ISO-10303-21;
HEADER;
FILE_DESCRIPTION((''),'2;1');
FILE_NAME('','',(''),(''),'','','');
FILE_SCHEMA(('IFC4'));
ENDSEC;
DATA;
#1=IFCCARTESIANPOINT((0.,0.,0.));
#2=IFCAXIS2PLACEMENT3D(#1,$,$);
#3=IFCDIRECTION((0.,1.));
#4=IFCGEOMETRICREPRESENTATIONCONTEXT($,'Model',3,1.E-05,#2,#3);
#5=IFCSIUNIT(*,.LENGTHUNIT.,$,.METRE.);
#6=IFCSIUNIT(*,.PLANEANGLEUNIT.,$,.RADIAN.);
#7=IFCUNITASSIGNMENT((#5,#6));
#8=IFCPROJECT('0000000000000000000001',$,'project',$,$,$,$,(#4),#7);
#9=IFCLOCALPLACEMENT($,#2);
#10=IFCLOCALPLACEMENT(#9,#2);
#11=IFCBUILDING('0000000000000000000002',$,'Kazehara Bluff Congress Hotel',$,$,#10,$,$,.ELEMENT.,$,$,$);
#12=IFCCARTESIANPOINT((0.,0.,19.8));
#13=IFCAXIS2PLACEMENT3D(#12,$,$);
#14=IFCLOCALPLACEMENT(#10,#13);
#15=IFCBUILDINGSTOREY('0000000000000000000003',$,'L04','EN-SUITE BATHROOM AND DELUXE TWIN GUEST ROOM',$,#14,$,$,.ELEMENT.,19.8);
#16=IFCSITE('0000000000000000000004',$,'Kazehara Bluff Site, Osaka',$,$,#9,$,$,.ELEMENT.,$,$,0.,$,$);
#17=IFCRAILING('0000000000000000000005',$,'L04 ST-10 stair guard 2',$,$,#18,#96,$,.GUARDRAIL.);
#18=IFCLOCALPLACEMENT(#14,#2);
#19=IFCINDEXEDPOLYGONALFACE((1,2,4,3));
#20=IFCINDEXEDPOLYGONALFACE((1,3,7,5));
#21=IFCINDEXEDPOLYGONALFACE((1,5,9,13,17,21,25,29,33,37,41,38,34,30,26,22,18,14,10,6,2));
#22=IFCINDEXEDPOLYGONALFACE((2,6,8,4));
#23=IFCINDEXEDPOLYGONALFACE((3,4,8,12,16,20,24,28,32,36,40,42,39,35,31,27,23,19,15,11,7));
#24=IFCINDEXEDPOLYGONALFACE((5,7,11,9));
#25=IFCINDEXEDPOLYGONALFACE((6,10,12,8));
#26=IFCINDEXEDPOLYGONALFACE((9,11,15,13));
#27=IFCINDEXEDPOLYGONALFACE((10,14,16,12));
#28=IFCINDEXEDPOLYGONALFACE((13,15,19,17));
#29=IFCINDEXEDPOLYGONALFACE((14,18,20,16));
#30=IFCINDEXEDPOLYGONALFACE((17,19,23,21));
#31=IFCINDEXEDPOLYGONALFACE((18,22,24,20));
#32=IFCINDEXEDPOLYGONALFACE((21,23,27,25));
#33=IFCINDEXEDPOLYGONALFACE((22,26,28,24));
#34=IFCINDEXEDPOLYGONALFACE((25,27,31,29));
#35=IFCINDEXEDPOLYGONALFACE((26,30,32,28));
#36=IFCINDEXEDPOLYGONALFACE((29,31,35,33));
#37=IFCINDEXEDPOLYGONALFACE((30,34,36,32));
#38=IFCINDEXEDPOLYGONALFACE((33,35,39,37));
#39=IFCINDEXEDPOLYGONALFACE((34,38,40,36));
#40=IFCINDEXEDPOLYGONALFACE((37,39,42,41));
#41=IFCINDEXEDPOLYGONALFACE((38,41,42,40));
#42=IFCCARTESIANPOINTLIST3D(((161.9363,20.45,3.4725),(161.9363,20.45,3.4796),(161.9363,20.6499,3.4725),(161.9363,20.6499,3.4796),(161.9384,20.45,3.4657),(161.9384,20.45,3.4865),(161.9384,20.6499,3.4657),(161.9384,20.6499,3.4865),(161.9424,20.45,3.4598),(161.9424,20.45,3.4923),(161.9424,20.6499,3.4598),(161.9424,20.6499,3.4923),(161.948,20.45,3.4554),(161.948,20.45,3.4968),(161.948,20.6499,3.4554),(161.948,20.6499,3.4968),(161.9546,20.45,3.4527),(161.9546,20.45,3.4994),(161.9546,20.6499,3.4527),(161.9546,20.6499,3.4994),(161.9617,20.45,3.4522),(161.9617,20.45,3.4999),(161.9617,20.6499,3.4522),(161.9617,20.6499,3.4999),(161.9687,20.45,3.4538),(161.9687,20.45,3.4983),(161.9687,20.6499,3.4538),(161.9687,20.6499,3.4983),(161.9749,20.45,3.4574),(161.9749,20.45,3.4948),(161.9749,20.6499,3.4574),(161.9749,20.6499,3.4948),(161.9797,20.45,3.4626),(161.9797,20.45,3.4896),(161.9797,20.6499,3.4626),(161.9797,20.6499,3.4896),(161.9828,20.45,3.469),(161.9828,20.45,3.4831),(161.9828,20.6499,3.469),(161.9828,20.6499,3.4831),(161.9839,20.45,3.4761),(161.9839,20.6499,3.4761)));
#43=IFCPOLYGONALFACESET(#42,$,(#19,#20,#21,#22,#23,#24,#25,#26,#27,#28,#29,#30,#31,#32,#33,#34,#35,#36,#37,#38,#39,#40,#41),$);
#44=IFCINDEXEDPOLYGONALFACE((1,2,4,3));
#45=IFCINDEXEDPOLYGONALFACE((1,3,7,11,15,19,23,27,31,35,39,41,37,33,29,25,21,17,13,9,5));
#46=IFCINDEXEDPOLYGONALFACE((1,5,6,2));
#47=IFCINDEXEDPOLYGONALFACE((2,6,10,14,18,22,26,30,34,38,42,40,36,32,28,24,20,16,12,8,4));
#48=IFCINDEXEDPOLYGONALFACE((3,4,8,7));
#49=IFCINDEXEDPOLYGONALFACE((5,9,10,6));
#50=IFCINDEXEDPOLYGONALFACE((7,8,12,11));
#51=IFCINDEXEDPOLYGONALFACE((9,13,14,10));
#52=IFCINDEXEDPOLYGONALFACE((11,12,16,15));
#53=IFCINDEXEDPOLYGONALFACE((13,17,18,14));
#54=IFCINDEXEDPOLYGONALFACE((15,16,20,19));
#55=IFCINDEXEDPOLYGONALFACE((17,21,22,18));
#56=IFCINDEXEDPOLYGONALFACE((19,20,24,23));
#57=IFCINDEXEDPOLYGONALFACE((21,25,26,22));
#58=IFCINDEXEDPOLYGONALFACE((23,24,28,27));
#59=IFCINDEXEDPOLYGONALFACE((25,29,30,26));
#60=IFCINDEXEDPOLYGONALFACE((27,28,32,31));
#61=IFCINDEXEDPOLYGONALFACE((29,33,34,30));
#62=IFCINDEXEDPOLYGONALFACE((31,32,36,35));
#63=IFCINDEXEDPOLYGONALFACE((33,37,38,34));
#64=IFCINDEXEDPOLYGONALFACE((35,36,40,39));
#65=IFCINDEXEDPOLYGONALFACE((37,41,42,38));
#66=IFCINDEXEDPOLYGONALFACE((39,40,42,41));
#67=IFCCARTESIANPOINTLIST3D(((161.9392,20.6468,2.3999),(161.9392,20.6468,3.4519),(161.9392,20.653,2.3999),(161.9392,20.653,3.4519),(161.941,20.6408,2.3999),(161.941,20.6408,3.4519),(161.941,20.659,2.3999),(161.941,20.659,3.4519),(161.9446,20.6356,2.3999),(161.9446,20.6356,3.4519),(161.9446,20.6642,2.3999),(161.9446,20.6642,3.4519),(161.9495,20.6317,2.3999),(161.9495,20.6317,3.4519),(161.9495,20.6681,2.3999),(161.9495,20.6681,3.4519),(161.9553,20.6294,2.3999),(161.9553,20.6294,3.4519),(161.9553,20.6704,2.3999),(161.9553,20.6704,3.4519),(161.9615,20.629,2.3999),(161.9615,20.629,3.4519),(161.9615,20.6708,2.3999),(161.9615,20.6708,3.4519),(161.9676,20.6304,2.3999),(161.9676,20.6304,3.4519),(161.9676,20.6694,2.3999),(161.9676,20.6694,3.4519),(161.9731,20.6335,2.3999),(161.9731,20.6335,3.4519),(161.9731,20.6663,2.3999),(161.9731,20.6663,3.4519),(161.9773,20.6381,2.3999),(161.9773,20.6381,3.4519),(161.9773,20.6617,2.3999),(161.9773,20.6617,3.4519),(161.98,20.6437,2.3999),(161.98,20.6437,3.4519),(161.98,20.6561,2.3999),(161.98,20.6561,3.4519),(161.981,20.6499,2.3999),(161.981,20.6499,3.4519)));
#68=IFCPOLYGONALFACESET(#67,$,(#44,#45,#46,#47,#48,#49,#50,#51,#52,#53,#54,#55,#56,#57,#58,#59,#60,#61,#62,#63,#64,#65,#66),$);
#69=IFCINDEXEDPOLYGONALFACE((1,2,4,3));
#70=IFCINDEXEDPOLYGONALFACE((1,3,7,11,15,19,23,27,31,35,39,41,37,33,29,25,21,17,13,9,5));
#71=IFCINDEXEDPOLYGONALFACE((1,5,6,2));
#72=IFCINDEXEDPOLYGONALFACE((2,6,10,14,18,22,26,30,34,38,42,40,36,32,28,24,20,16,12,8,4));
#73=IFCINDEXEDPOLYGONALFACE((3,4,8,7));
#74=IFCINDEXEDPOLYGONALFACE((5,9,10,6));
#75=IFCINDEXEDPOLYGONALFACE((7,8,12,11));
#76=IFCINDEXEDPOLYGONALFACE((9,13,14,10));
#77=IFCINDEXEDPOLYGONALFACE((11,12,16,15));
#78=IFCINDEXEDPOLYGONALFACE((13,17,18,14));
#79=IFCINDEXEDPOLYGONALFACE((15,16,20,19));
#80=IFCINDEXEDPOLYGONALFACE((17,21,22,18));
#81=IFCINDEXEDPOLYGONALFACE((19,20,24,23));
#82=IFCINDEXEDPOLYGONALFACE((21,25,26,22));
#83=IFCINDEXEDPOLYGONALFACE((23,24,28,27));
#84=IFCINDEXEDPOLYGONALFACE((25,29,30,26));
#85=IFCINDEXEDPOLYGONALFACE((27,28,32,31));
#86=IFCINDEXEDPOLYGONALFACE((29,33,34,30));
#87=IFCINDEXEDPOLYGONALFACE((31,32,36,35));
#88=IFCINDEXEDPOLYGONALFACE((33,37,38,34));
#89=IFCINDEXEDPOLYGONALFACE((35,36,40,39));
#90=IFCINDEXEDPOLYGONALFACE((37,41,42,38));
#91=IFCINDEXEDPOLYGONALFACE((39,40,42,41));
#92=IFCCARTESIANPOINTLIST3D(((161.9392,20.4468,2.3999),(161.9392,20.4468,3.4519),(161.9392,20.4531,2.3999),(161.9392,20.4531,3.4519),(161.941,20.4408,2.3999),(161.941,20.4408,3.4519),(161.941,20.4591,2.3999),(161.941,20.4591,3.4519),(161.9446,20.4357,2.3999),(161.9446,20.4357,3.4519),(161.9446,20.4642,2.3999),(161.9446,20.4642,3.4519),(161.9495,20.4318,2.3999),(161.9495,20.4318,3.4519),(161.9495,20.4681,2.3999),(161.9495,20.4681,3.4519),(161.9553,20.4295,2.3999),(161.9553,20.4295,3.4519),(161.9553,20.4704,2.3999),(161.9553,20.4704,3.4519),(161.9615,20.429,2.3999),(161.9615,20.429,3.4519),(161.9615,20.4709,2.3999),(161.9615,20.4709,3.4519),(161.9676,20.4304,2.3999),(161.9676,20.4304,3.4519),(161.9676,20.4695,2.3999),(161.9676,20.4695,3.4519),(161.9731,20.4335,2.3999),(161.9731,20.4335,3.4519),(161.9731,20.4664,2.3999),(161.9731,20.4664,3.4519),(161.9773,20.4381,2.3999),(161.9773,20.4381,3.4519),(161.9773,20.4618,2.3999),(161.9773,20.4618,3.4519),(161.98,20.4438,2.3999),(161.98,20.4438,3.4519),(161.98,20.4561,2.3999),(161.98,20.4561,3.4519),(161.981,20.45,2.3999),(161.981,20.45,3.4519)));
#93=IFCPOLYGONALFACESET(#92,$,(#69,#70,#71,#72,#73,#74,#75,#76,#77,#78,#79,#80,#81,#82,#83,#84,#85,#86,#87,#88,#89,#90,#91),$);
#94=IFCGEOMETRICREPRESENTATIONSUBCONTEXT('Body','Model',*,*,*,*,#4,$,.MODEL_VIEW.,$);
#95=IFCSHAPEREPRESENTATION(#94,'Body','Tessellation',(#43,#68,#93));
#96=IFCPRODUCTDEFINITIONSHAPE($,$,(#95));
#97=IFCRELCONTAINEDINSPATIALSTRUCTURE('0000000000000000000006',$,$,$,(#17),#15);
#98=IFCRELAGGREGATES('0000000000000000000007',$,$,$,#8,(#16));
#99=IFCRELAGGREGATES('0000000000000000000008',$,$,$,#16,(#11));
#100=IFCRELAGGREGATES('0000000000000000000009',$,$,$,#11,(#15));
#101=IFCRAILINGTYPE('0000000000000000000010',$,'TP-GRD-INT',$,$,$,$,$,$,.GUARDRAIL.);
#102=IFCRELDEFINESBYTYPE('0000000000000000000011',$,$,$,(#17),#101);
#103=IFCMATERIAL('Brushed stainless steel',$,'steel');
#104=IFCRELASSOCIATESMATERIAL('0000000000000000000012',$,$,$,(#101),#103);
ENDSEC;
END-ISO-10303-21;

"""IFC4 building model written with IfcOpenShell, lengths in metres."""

from ifc_helpers import new_model, si_unit, direction, frame, origin, origin_2d, place, context, subcontext, project, spatial, circle, extrude, material, type_object, element, save


model = new_model("IFC4")

# Units and contexts
model_context = context("Model", 3, precision=1e-05, world=origin(), true_north=direction((0.0, 1.0)))
body_context = subcontext(model_context, "Body", "Model", "MODEL_VIEW")
ifc_project = project(units=[si_unit("LENGTHUNIT", "METRE"), si_unit("PLANEANGLEUNIT", "RADIAN")], contexts=[model_context])

# Site, building, storey
site_placement = place(None, origin())
site = spatial("IfcSite", under=ifc_project, at=site_placement, Name="Kazehara Bluff Site, Osaka", CompositionType="ELEMENT", RefElevation=0.0)
building_placement = place(site_placement, origin())
building = spatial("IfcBuilding", under=site, at=building_placement, Name="Kazehara Bluff Congress Hotel", CompositionType="ELEMENT")
storey_placement = place(building_placement, frame((0.0, 0.0, 19.8)))
storey = spatial("IfcBuildingStorey", under=building, at=storey_placement, Name="L04", Description="EN-SUITE BATHROOM AND DELUXE TWIN GUEST ROOM", CompositionType="ELEMENT", Elevation=19.8)

# Railing
ifc_material_1 = material(Name="Brushed stainless steel", Category="steel")
railing_type_1 = type_object("IfcRailingType", Name="TP-GRD-INT", PredefinedType="GUARDRAIL", material=ifc_material_1)
railing_1_placement = place(storey_placement, frame((161.96, 20.6499, 2.3999)))
element("IfcRailing", 1, at=railing_1_placement, inside=storey, type_object=railing_type_1, Name="L04 ST-10 stair guard 2", PredefinedType="GUARDRAIL", context=body_context, shape_type="SweptSolid", body=[
    extrude(circle(Radius=0.0239, at=origin_2d()), frame((0.0, 0.0, 1.0762), z_axis=(0.0, -1.0, 0.0), x_axis=(1.0, 0.0, 0.0)), (0.0, 0.0, 1.0), 0.2),
    extrude(circle(Radius=0.021, at=origin_2d()), origin(), (0.0, 0.0, 1.0), 1.052),
    extrude(circle(Radius=0.021, at=origin_2d()), frame((0.0, -0.2, 0.0)), (0.0, 0.0, 1.0), 1.052),
])

save(model, "model.ifc")
